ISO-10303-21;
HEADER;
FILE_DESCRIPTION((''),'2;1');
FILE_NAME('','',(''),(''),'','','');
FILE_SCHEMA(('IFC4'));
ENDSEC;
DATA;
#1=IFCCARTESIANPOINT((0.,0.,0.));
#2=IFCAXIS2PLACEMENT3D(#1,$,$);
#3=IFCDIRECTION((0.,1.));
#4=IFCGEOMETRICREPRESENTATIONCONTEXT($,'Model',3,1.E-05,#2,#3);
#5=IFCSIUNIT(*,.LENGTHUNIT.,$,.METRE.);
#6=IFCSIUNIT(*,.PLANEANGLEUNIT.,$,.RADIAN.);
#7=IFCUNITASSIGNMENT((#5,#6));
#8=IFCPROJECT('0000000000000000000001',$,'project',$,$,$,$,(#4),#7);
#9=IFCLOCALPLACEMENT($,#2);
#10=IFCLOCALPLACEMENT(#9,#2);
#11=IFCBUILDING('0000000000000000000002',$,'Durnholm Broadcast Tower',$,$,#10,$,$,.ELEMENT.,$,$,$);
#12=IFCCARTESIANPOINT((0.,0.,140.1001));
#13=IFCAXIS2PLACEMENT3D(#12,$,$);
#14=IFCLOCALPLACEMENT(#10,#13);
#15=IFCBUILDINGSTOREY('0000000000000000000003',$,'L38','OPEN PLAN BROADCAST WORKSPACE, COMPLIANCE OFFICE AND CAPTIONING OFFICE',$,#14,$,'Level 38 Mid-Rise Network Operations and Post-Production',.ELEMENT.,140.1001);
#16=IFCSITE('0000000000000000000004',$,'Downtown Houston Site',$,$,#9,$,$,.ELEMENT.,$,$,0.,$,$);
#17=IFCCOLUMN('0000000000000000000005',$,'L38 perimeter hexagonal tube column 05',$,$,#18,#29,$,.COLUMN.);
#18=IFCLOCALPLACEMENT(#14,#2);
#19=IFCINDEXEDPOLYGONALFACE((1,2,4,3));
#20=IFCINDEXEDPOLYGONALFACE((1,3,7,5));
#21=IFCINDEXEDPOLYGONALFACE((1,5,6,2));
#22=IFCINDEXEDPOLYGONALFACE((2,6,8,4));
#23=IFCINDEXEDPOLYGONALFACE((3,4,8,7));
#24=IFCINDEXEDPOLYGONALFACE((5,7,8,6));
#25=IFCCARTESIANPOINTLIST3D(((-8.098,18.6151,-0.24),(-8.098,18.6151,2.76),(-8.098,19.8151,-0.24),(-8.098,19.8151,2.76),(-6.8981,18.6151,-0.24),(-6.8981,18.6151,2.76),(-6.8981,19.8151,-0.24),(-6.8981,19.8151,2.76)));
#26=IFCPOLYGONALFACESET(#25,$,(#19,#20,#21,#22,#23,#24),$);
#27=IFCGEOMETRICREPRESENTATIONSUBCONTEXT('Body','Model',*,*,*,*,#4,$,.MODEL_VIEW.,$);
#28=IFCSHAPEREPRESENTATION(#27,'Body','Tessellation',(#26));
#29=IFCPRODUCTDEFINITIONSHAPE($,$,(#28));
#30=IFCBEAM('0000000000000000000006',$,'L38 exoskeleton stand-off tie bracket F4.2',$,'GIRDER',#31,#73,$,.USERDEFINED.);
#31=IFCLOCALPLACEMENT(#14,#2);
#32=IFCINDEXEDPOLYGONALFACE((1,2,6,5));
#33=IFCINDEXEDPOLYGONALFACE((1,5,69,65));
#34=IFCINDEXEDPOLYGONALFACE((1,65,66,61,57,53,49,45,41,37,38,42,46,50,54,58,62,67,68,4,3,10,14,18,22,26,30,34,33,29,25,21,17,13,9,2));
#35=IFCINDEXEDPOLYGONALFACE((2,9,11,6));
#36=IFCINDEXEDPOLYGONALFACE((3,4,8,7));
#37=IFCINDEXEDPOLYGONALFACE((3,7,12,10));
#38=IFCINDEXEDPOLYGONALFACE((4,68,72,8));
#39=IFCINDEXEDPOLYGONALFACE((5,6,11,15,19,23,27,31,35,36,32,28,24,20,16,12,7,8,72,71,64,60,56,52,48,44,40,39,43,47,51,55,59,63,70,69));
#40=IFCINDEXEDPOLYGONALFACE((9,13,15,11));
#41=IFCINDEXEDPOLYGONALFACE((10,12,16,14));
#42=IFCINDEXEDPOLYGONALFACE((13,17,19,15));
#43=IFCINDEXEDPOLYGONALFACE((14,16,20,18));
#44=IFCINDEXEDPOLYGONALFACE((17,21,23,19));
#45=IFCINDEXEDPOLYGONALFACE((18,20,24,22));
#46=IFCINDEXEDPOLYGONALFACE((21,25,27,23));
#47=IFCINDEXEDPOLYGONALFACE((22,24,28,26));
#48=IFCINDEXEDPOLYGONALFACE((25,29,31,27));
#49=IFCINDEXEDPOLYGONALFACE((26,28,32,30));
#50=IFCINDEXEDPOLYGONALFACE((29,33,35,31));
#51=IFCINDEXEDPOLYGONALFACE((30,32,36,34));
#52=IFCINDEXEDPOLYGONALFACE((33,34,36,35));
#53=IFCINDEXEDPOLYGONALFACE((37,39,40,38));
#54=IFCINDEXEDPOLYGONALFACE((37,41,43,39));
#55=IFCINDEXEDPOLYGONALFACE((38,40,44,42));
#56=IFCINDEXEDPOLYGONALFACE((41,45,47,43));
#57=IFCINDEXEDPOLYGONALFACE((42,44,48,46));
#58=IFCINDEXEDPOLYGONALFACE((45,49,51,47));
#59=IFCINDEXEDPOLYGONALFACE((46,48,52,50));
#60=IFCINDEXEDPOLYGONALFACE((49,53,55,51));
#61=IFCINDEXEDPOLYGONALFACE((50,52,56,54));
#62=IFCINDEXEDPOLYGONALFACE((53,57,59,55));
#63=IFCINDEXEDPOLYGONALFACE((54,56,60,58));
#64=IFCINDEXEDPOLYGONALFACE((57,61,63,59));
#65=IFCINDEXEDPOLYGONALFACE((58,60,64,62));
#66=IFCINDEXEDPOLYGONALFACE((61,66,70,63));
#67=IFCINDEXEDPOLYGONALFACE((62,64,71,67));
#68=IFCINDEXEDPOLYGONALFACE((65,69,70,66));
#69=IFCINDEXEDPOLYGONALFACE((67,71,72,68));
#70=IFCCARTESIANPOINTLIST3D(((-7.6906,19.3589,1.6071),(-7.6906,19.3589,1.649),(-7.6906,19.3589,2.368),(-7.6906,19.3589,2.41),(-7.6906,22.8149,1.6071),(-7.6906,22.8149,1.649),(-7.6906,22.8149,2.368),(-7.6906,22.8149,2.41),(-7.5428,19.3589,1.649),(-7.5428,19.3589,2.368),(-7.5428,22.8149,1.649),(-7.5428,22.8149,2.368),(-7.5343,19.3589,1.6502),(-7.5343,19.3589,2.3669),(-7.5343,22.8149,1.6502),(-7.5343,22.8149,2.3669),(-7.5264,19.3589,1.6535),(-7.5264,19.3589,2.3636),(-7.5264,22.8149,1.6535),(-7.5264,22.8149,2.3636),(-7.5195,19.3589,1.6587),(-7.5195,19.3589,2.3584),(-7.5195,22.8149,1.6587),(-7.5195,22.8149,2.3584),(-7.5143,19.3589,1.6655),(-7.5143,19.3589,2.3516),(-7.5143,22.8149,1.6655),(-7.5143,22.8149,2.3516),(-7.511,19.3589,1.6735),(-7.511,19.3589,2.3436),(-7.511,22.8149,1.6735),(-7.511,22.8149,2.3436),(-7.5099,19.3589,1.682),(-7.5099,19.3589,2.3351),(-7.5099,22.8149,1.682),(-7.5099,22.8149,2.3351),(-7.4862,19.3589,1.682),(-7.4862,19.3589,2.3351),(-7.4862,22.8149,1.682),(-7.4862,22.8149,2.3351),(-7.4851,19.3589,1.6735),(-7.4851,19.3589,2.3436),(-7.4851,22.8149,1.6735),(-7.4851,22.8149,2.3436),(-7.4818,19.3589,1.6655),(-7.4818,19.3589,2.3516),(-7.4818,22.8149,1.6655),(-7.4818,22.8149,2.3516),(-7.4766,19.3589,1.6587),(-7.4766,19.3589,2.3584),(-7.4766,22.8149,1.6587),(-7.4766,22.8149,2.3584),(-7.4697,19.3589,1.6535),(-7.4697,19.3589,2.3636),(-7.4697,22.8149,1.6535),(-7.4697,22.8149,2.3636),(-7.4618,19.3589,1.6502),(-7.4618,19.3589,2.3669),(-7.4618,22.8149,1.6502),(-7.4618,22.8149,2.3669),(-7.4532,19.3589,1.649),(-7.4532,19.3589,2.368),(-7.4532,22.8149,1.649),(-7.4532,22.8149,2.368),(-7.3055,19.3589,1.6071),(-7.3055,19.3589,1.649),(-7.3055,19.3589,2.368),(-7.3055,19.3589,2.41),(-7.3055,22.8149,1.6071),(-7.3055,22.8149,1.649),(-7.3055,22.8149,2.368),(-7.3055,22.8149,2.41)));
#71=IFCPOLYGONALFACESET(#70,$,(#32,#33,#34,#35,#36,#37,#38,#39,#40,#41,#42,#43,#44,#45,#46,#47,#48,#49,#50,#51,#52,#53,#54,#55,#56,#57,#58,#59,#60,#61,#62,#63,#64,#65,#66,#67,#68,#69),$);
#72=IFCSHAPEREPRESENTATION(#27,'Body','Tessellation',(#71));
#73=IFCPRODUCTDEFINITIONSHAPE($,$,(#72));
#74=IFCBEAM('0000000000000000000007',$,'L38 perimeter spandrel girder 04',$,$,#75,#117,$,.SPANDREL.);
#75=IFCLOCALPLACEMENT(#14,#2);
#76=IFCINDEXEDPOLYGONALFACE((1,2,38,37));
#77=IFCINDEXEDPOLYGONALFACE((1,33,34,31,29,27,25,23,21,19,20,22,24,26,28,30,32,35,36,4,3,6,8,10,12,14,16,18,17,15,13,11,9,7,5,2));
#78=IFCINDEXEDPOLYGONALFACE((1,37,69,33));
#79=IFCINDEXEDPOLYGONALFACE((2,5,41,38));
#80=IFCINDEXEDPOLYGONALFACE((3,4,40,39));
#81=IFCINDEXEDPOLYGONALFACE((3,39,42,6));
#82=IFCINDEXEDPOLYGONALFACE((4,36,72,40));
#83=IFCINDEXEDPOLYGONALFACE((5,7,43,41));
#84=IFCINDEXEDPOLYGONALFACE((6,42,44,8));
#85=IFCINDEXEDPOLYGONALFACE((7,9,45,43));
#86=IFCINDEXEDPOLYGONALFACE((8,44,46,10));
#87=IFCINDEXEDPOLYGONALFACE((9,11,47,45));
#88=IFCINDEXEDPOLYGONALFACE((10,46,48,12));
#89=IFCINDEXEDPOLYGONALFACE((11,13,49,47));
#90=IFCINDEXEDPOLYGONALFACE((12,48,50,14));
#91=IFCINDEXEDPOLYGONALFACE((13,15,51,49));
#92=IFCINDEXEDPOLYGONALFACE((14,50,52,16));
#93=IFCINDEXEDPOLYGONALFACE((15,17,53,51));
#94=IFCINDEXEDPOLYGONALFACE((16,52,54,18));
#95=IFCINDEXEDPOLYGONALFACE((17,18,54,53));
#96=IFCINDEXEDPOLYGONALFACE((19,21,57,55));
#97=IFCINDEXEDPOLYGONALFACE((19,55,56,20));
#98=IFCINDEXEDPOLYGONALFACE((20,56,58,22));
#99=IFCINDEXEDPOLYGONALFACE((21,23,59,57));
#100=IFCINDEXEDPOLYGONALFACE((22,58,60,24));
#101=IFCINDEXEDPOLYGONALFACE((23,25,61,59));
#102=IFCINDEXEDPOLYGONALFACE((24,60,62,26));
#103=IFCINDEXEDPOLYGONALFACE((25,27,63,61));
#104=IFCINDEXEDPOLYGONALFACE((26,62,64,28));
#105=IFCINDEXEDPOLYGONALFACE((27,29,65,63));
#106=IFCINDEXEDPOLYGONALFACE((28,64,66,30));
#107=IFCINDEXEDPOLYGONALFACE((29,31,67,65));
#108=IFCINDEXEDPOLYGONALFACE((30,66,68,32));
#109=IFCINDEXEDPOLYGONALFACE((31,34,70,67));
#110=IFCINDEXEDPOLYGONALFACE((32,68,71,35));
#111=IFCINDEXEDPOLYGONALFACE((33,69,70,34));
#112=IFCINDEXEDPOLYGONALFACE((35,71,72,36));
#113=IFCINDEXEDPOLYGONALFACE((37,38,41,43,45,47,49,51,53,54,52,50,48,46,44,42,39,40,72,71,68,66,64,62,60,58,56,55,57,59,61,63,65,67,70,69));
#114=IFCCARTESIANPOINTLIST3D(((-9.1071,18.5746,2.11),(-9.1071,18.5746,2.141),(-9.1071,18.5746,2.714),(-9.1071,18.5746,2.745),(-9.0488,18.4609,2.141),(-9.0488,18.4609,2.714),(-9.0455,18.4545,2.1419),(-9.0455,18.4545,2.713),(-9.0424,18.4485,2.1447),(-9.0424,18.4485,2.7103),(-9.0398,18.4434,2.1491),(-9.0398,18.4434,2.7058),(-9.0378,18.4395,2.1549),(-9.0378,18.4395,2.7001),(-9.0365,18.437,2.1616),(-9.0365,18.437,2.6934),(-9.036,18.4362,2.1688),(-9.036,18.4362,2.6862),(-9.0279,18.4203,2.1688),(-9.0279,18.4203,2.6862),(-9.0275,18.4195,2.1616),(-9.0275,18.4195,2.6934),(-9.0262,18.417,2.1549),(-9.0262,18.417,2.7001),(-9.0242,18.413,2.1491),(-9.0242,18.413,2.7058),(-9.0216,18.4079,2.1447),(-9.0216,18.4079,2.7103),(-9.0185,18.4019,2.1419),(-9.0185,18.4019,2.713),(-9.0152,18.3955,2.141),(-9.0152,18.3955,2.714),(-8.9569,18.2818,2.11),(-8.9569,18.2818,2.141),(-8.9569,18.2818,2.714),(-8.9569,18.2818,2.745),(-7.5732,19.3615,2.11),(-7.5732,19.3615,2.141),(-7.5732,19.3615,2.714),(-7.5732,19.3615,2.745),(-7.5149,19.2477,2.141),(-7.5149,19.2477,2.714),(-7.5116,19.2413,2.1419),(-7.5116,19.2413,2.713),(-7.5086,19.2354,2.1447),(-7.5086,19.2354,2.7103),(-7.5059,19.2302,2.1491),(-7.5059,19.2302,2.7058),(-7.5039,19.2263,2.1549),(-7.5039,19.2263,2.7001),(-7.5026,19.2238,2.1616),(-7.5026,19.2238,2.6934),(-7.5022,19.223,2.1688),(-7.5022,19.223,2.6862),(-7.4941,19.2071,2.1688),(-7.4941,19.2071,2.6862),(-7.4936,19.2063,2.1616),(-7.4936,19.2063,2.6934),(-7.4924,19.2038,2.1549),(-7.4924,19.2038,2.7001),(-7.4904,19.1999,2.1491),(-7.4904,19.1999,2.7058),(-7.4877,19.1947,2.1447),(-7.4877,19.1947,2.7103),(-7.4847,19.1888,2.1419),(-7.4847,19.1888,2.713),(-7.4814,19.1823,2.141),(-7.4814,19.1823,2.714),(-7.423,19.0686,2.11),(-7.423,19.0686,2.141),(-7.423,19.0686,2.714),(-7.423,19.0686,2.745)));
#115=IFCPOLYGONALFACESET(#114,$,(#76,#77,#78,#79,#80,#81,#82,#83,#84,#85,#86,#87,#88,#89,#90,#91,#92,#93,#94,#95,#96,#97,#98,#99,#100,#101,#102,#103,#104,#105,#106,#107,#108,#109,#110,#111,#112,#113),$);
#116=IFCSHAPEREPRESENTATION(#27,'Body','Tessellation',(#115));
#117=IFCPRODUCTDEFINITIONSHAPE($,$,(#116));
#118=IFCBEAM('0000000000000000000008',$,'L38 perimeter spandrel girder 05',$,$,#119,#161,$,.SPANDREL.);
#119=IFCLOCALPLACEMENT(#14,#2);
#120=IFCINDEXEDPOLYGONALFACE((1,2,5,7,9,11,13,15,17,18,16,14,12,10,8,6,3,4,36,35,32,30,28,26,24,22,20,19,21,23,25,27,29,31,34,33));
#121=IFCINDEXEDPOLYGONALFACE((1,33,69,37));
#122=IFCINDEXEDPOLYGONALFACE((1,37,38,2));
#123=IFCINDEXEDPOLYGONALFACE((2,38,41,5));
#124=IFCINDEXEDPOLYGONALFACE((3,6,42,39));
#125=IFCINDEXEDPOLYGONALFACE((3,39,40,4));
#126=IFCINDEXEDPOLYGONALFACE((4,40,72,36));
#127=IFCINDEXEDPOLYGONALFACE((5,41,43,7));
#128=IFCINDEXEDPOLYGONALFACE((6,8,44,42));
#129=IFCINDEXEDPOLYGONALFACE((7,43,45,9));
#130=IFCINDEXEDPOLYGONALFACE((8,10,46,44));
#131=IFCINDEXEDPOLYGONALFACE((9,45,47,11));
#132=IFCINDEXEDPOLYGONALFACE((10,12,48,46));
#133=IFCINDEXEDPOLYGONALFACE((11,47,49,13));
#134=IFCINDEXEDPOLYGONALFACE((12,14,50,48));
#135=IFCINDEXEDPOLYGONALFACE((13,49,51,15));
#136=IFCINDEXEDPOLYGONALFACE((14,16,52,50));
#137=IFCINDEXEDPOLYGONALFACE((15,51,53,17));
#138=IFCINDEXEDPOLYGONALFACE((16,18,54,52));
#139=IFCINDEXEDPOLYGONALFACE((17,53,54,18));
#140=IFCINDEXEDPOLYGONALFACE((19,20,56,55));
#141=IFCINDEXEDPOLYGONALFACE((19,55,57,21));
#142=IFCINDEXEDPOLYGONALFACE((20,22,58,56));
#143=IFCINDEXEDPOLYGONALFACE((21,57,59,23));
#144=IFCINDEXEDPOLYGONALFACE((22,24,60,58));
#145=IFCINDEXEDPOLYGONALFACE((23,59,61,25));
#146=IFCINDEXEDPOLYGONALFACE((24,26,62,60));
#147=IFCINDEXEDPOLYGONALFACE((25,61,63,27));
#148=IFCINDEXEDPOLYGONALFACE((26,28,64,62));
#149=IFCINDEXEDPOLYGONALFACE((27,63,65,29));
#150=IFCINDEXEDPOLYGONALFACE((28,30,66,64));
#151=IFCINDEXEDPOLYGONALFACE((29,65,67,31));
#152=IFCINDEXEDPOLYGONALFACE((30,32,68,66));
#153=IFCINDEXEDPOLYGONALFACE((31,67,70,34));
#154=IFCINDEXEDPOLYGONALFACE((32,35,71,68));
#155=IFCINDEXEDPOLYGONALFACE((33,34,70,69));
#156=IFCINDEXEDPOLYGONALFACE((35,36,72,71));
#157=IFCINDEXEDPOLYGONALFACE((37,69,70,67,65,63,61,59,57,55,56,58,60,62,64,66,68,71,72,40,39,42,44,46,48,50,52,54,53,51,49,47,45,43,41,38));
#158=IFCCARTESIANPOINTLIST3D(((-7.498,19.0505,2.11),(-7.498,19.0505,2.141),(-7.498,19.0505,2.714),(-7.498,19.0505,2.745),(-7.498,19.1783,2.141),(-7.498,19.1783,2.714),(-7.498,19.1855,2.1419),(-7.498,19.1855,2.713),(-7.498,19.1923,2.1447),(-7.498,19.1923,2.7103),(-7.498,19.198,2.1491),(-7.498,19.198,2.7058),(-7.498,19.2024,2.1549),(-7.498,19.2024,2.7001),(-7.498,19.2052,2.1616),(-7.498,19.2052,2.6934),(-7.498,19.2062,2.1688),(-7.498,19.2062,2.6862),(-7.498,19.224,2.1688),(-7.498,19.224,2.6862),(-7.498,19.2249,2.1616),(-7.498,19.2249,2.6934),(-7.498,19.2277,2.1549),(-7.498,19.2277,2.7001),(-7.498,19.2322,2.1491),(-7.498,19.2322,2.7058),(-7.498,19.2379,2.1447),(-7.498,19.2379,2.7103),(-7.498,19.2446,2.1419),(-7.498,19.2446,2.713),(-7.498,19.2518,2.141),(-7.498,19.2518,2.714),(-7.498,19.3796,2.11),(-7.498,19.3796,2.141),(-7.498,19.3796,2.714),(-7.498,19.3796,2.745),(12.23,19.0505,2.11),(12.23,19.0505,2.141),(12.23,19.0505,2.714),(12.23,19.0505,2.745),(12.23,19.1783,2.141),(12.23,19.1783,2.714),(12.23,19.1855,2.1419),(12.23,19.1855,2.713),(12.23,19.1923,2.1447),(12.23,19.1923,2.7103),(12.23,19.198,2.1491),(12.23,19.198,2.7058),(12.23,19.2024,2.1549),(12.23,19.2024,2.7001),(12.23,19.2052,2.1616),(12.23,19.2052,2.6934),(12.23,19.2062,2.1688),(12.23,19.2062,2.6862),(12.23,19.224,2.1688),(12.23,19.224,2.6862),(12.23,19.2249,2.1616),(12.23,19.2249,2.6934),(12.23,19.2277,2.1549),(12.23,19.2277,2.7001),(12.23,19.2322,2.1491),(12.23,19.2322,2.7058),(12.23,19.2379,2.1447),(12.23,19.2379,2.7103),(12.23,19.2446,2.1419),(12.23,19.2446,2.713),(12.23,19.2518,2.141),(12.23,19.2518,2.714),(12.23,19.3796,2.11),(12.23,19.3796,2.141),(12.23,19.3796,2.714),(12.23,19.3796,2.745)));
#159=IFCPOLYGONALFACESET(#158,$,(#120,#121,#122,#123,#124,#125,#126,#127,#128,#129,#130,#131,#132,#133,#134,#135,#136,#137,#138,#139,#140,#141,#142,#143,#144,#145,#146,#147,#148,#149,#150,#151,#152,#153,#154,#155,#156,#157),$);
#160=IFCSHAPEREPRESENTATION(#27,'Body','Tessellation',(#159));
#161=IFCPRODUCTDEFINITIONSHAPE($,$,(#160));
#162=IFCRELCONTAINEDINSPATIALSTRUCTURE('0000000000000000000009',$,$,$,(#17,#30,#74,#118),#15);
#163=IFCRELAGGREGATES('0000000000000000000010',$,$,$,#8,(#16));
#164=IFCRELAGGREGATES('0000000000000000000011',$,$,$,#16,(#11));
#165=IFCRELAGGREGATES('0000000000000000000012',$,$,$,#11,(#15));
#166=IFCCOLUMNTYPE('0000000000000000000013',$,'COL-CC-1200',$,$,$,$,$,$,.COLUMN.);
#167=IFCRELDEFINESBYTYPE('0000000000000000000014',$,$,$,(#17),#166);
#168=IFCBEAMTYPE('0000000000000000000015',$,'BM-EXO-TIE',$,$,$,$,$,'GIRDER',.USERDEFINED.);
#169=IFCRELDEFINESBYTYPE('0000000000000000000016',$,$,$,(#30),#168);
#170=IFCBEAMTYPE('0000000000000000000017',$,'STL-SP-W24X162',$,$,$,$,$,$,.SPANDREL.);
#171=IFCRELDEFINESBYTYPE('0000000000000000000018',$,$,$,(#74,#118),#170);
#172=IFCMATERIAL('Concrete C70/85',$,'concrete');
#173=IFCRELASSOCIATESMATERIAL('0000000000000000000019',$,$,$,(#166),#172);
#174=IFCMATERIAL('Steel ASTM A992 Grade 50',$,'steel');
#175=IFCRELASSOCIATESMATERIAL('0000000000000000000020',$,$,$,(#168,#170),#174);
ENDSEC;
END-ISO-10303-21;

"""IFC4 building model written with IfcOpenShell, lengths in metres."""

from ifc_helpers import new_model, si_unit, direction, frame, origin, origin_2d, place, context, subcontext, project, spatial, rectangle, i_section, extrude, source, transform, mapped, material, material_profile, profile_set, type_object, type_shapes, element, save


model = new_model("IFC4")

# Units and contexts
model_context = context("Model", 3, precision=1e-05, world=origin(), true_north=direction((0.0, 1.0)))
body_context = subcontext(model_context, "Body", "Model", "MODEL_VIEW")
ifc_project = project(units=[si_unit("LENGTHUNIT", "METRE"), si_unit("PLANEANGLEUNIT", "RADIAN")], contexts=[model_context])

# Site, building, storey
site_placement = place(None, origin())
site = spatial("IfcSite", under=ifc_project, at=site_placement, Name="Downtown Houston Site", CompositionType="ELEMENT", RefElevation=0.0)
building_placement = place(site_placement, origin())
building = spatial("IfcBuilding", under=site, at=building_placement, Name="Durnholm Broadcast Tower", CompositionType="ELEMENT")
storey_placement = place(building_placement, frame((0.0, 0.0, 140.1001)))
storey = spatial("IfcBuildingStorey", under=building, at=storey_placement, Name="L38", Description="OPEN PLAN BROADCAST WORKSPACE, COMPLIANCE OFFICE AND CAPTIONING OFFICE", LongName="Level 38 Mid-Rise Network Operations and Post-Production", CompositionType="ELEMENT", Elevation=140.1001)

# Column
ifc_material_1 = material(Name="Concrete C70/85", Category="concrete")
ifc_material_profile_1 = material_profile(ifc_material_1, rectangle(XDim=1.2, YDim=1.2, at=origin_2d()), Name="RC1200X1200")
ifc_profile_set_1 = profile_set([ifc_material_profile_1], Name="Concrete C70/85")
column_type = type_object("IfcColumnType", Name="COL-CC-1200", PredefinedType="COLUMN", material=ifc_profile_set_1)
shared_shape_1 = source(origin(), body_context, "Body", "SweptSolid", [
    extrude(rectangle(XDim=1.2, YDim=1.2, at=origin_2d()), origin(), (0.0, 0.0, 1.0), 3.0),
])
type_shapes(column_type, [shared_shape_1])
column_placement = place(storey_placement, frame((-7.498, 19.2151, -0.24), z_axis=(0.0, 0.0, 1.0), x_axis=(1.0, 0.0, 0.0)))
element("IfcColumn", 1, at=column_placement, inside=storey, type_object=column_type, Name="L38 perimeter hexagonal tube column 05", PredefinedType="COLUMN", context=body_context, shape_type="MappedRepresentation", body=[
    mapped(shared_shape_1, transform((0.0, 0.0, 0.0), x_axis=(1.0, 0.0, 0.0), y_axis=(0.0, 1.0, 0.0), z_axis=(0.0, 0.0, 1.0), scale=1.0)),
])

# Beams
ifc_material_2 = material(Name="Steel ASTM A992 Grade 50", Category="steel")
ifc_material_profile_2 = material_profile(ifc_material_2, i_section(OverallWidth=0.385, OverallDepth=0.803, WebThickness=0.0237, FlangeThickness=0.042, FilletRadius=0.033, at=origin_2d()), Name="W30X261")
ifc_profile_set_2 = profile_set([ifc_material_profile_2], Name="Steel ASTM A992 Grade 50")
beam_type_1 = type_object("IfcBeamType", Name="BM-EXO-TIE", ElementType="GIRDER", PredefinedType="USERDEFINED", material=ifc_profile_set_2)
shared_shape_2 = source(origin(), body_context, "Body", "SweptSolid", [
    extrude(i_section(OverallWidth=0.385, OverallDepth=0.803, WebThickness=0.0237, FlangeThickness=0.042, FilletRadius=0.033, at=origin_2d()), origin(), (0.0, 0.0, 1.0), 3.4561),
])
beam_1_placement = place(storey_placement, frame((-7.498, 19.3589, 2.0085), z_axis=(0.0, 1.0, 0.0), x_axis=(-1.0, 0.0, 0.0)))
element("IfcBeam", 2, at=beam_1_placement, inside=storey, type_object=beam_type_1, Name="L38 exoskeleton stand-off tie bracket F4.2", ObjectType="GIRDER", PredefinedType="USERDEFINED", context=body_context, shape_type="MappedRepresentation", body=[
    mapped(shared_shape_2, transform((0.0, 0.0, 0.0), x_axis=(1.0, 0.0, 0.0), y_axis=(0.0, 1.0, 0.0), z_axis=(0.0, 0.0, 1.0), scale=1.0)),
])
ifc_material_profile_3 = material_profile(ifc_material_2, i_section(OverallWidth=0.3291, OverallDepth=0.635, WebThickness=0.0178, FlangeThickness=0.031, FilletRadius=0.0278, at=origin_2d()), Name="W24X162")
ifc_profile_set_3 = profile_set([ifc_material_profile_3], Name="Steel ASTM A992 Grade 50")
beam_type_2 = type_object("IfcBeamType", Name="STL-SP-W24X162", PredefinedType="SPANDREL", material=ifc_profile_set_3)
shared_shape_3 = source(origin(), body_context, "Body", "SweptSolid", [
    extrude(i_section(OverallWidth=0.3291, OverallDepth=0.635, WebThickness=0.0178, FlangeThickness=0.031, FilletRadius=0.0278, at=origin_2d()), origin(), (0.0, 0.0, 1.0), 1.7239),
])
beam_2_placement = place(storey_placement, frame((-9.032, 18.4282, 2.4275), z_axis=(0.889763, 0.456423, 0.0), x_axis=(-0.456423, 0.889763, 0.0)))
element("IfcBeam", 3, at=beam_2_placement, inside=storey, type_object=beam_type_2, Name="L38 perimeter spandrel girder 04", PredefinedType="SPANDREL", context=body_context, shape_type="MappedRepresentation", body=[
    mapped(shared_shape_3, transform((0.0, 0.0, 0.0), x_axis=(1.0, 0.0, 0.0), y_axis=(0.0, 1.0, 0.0), z_axis=(0.0, 0.0, 1.0), scale=1.0)),
])
shared_shape_4 = source(origin(), body_context, "Body", "SweptSolid", [
    extrude(i_section(OverallWidth=0.3291, OverallDepth=0.635, WebThickness=0.0178, FlangeThickness=0.031, FilletRadius=0.0278, at=origin_2d()), origin(), (0.0, 0.0, 1.0), 19.728),
])
type_shapes(beam_type_2, [shared_shape_3, shared_shape_4])
beam_3_placement = place(storey_placement, frame((-7.498, 19.2151, 2.4275), z_axis=(1.0, 0.0, 0.0), x_axis=(0.0, 1.0, 0.0)))
element("IfcBeam", 4, at=beam_3_placement, inside=storey, type_object=beam_type_2, Name="L38 perimeter spandrel girder 05", PredefinedType="SPANDREL", context=body_context, shape_type="MappedRepresentation", body=[
    mapped(shared_shape_4, transform((0.0, 0.0, 0.0), x_axis=(1.0, 0.0, 0.0), y_axis=(0.0, 1.0, 0.0), z_axis=(0.0, 0.0, 1.0), scale=1.0)),
])

save(model, "model.ifc")
